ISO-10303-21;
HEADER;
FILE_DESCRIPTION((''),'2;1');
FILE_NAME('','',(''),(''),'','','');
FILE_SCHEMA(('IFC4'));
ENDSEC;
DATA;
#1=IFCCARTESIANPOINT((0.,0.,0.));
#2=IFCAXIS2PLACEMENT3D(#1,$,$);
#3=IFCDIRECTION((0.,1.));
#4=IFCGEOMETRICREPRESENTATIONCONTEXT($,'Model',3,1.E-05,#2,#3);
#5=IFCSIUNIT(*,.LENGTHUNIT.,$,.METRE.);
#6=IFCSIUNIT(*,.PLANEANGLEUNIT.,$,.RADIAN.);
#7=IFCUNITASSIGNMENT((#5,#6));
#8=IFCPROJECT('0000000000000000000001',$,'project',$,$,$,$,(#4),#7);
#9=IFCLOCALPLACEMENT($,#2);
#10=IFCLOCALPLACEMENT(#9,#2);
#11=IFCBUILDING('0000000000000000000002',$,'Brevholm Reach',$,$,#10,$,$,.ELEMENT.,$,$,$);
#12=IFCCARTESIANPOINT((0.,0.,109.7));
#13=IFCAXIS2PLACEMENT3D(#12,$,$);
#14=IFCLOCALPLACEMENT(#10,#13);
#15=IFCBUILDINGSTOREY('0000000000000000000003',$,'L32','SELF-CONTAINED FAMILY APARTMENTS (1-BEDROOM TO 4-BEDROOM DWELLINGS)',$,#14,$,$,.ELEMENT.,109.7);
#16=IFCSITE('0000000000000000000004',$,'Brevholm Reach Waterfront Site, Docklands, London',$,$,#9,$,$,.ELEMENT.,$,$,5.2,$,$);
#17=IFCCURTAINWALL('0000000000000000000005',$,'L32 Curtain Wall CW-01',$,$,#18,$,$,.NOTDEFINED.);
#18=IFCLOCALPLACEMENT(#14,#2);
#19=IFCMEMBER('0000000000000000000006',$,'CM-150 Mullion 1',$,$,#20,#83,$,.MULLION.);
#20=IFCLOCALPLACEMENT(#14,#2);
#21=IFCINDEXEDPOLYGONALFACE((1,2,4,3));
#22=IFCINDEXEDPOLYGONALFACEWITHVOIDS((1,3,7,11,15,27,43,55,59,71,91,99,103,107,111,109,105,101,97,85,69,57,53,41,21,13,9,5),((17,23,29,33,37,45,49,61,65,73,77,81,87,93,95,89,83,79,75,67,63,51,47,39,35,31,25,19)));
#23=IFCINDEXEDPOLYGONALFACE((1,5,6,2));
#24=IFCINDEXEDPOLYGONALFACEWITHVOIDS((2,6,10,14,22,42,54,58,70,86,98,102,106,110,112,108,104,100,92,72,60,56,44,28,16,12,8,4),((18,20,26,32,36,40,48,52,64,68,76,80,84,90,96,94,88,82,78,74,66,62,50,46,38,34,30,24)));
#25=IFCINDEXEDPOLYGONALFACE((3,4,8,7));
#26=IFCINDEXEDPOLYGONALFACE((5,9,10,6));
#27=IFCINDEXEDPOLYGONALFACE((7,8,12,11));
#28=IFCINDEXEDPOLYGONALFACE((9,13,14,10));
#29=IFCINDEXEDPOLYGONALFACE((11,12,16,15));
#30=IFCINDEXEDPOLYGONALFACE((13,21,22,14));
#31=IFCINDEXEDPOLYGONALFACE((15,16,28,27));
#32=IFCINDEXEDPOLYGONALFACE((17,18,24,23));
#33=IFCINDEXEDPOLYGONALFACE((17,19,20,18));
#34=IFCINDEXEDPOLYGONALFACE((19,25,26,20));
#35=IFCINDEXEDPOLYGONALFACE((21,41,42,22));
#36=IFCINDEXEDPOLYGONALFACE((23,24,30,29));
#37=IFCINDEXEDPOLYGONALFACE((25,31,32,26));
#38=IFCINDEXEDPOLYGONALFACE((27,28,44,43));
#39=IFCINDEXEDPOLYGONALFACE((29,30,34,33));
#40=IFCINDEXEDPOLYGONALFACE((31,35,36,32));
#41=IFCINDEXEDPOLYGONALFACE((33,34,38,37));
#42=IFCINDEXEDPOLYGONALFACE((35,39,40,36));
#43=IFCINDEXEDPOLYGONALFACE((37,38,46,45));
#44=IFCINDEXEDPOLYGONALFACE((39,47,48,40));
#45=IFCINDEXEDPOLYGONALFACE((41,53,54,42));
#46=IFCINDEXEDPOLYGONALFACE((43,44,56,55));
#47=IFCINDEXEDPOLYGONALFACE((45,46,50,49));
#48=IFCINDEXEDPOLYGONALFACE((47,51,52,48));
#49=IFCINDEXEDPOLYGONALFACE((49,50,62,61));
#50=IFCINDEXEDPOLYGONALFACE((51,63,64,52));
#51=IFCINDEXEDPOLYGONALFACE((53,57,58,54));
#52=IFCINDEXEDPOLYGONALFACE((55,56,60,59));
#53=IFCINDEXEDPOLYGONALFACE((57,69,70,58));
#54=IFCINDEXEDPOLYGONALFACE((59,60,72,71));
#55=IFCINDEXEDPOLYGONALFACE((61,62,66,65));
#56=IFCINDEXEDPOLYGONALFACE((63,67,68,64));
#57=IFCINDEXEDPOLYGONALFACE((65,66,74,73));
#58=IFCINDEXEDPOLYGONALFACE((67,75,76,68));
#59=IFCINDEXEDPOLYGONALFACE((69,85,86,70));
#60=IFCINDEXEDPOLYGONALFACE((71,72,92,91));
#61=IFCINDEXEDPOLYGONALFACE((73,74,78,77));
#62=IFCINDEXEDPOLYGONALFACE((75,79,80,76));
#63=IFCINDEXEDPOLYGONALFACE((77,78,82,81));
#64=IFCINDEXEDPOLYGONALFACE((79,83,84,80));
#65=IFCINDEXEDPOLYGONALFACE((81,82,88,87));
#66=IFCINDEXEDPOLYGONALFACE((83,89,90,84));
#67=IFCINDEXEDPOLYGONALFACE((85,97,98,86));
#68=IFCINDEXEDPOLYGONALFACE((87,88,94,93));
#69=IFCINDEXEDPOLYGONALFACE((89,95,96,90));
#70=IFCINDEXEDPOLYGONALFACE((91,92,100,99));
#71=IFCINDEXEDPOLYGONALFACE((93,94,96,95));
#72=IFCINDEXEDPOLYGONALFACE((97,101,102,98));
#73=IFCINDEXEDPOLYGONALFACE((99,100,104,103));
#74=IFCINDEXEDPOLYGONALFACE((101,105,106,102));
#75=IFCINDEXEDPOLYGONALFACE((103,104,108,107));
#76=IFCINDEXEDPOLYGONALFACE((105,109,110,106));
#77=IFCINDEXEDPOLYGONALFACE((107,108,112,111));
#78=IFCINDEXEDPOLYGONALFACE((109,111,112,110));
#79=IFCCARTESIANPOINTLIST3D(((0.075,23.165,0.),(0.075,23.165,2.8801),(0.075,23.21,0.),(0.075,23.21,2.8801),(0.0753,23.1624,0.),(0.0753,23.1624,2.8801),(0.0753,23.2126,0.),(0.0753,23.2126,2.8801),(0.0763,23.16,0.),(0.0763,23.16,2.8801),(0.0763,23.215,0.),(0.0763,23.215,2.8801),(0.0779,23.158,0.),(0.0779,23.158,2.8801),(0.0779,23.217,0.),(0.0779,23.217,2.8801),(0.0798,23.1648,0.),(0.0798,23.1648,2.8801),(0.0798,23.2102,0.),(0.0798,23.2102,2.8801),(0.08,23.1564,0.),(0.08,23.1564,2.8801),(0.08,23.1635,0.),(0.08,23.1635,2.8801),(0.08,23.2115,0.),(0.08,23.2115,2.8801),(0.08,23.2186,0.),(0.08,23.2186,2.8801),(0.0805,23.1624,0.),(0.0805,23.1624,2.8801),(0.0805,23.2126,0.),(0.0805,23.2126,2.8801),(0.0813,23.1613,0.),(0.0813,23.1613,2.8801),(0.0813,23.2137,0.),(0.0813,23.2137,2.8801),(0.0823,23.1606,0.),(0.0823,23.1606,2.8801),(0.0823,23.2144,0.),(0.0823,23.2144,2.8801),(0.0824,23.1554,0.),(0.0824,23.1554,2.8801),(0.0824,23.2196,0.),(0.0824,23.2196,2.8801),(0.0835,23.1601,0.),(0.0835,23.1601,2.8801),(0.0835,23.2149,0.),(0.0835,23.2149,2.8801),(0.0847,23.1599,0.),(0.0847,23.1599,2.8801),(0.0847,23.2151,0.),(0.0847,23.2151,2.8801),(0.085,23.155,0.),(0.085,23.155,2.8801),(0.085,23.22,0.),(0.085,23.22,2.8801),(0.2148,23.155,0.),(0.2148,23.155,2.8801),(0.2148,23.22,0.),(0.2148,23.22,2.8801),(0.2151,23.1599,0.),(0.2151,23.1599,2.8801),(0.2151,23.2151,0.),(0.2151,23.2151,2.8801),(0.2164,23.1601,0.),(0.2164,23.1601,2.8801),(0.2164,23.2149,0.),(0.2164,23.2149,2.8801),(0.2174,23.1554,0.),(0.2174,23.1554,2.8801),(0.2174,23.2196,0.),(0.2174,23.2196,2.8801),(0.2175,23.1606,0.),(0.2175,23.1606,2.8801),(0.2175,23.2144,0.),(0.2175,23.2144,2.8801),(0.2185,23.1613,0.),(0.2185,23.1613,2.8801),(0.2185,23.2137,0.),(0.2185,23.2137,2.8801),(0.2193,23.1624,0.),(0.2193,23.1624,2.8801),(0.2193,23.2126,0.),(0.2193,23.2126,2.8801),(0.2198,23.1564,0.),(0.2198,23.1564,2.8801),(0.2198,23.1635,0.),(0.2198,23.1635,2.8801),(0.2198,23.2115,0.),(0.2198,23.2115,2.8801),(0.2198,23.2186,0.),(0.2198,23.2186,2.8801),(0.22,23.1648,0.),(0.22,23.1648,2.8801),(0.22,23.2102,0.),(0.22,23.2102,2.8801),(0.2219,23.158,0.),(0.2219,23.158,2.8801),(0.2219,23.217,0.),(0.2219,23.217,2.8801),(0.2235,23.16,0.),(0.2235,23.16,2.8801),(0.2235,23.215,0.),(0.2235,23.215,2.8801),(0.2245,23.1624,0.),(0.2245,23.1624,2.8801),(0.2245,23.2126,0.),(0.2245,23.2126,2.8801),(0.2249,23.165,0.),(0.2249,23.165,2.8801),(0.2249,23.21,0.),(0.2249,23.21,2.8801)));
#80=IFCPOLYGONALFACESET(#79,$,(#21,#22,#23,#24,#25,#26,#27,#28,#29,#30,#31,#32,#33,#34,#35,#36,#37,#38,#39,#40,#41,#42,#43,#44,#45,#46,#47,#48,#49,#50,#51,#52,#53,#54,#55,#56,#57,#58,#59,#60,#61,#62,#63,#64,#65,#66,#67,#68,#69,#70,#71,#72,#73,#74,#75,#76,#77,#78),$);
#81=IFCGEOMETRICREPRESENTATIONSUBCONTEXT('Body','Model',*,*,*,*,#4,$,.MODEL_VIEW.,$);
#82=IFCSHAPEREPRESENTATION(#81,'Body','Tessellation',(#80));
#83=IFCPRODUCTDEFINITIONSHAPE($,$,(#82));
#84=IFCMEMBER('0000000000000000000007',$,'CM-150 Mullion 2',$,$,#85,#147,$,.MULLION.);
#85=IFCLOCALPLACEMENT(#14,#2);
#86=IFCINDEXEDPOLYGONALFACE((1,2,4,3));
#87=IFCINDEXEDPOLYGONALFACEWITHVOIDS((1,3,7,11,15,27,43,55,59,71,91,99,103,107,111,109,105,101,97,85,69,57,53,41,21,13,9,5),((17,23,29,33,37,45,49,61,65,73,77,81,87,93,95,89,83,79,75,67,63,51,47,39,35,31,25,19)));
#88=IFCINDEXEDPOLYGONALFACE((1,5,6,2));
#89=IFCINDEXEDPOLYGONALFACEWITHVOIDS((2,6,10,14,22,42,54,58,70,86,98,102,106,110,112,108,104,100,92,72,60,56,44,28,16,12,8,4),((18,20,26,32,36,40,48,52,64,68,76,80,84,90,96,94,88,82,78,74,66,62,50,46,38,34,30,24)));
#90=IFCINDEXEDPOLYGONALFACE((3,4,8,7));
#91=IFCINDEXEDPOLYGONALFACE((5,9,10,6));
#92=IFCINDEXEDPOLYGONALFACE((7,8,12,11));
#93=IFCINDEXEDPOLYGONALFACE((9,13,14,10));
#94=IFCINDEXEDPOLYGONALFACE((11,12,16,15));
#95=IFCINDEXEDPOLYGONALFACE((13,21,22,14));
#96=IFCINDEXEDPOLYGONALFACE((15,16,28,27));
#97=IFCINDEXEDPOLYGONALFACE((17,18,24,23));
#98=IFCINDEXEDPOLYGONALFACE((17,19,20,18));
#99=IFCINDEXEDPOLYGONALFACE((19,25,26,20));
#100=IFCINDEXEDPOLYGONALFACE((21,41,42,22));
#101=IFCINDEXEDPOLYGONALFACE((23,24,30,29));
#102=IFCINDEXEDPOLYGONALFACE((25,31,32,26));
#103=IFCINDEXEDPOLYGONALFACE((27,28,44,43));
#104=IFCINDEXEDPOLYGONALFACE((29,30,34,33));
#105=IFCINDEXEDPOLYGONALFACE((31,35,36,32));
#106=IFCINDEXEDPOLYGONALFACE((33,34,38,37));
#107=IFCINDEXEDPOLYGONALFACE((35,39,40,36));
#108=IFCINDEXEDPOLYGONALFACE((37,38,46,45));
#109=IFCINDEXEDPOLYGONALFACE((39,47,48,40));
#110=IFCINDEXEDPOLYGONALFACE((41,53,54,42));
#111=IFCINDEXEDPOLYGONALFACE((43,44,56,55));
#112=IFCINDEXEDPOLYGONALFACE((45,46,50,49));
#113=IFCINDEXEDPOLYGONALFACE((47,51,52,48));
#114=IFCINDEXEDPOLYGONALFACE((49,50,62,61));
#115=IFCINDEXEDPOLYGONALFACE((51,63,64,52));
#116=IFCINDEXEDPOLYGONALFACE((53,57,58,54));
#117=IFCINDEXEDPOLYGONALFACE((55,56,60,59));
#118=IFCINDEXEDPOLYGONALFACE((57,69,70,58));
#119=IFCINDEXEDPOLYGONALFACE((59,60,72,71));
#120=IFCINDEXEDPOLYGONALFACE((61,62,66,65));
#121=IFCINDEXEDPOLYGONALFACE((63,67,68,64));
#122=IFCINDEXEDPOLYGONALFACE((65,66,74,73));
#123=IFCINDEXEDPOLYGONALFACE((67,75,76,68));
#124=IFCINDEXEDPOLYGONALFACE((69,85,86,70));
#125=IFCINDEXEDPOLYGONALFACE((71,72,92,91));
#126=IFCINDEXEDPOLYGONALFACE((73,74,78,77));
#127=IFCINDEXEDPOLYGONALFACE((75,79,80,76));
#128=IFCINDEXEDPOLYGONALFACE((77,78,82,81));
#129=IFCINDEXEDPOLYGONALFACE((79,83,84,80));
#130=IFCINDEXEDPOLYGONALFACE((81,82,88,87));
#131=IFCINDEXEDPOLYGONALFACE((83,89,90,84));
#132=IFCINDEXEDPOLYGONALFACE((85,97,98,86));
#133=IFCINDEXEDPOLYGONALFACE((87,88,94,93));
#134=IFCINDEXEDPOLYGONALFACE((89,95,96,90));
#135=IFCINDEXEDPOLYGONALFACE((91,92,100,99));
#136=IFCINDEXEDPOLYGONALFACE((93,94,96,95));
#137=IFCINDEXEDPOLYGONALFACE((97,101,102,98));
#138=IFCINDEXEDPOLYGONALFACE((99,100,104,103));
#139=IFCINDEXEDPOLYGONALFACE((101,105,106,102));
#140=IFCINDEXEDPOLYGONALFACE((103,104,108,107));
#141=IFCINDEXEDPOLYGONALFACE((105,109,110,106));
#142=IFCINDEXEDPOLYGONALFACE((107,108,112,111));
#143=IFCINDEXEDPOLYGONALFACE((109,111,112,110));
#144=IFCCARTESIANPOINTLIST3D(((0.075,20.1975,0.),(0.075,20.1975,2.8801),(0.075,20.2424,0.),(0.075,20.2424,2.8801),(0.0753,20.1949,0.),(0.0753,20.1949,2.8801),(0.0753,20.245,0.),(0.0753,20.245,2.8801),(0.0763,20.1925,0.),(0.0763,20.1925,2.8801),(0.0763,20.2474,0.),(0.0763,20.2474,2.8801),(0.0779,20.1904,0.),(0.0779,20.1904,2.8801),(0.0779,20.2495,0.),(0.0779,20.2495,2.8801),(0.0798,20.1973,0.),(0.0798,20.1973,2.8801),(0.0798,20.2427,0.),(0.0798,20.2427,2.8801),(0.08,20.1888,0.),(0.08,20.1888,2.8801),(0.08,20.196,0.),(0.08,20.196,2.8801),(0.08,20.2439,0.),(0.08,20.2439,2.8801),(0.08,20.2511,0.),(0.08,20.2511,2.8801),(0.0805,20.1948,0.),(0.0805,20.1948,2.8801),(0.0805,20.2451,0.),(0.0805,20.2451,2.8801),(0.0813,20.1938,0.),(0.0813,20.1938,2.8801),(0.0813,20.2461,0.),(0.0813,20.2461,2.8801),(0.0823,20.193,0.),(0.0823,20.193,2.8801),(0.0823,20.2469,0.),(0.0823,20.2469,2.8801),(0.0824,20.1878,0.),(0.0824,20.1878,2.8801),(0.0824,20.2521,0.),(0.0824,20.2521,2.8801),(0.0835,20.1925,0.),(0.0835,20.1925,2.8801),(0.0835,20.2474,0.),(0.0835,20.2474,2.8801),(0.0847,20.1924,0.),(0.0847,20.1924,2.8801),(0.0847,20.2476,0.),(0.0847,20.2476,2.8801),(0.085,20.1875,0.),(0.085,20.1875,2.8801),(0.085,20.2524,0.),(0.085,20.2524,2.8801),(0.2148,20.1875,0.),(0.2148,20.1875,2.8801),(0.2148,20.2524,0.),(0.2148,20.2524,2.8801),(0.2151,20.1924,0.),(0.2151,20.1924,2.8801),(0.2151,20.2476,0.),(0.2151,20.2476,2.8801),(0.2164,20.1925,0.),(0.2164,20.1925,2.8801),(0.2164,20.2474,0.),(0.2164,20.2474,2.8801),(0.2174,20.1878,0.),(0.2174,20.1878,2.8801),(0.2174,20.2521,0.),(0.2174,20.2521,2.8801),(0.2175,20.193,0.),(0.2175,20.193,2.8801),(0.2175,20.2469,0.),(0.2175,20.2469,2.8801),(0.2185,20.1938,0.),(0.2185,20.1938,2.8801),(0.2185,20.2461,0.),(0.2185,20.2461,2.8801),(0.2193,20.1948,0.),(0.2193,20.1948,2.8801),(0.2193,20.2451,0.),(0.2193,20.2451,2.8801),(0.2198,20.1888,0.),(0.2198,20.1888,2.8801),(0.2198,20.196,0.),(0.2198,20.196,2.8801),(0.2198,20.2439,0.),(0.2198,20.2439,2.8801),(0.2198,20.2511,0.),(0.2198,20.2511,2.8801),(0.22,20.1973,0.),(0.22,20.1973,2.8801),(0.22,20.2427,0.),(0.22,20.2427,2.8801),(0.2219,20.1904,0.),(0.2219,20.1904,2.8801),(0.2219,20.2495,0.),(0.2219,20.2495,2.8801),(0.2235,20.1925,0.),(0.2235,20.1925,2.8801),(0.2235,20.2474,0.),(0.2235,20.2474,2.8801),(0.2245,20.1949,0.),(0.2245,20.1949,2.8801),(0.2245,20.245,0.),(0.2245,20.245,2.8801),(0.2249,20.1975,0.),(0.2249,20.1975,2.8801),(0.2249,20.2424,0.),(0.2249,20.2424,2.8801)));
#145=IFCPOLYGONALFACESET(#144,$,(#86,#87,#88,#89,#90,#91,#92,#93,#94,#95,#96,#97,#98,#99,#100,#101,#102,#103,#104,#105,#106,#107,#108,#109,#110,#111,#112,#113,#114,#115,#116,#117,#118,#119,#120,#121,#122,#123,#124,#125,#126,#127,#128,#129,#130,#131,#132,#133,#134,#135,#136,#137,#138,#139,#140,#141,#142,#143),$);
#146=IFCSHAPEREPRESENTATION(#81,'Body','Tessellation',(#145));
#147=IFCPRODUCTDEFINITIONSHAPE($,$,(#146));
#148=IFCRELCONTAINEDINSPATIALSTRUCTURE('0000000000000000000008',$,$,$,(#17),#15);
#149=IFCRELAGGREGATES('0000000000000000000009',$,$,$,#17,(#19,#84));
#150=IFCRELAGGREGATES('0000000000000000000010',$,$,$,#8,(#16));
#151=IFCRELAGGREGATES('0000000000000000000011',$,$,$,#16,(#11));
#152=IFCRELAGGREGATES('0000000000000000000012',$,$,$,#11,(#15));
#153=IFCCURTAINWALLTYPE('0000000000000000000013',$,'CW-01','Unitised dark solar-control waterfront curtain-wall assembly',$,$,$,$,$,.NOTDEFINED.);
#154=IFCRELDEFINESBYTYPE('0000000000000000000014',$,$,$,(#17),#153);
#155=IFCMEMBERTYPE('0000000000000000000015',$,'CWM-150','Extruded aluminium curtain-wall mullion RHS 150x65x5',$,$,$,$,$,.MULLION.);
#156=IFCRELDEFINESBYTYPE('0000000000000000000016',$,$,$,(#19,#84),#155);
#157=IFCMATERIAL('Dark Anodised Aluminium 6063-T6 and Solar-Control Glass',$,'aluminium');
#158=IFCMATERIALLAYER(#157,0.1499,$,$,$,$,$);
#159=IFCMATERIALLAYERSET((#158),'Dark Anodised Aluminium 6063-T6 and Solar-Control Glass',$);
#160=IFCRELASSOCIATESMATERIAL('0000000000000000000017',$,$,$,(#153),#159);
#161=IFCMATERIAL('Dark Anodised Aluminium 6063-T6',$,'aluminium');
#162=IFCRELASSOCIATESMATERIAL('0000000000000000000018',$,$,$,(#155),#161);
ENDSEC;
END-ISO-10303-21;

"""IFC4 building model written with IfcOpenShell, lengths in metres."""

from ifc_helpers import new_model, si_unit, direction, frame, origin, origin_2d, place, context, subcontext, project, spatial, hollow_rectangle, extrude, material, layer, layer_set, material_profile, profile_set, type_object, element, aggregate, save


model = new_model("IFC4")

# Units and contexts
model_context = context("Model", 3, precision=1e-05, world=origin(), true_north=direction((0.0, 1.0)))
body_context = subcontext(model_context, "Body", "Model", "MODEL_VIEW")
ifc_project = project(units=[si_unit("LENGTHUNIT", "METRE"), si_unit("PLANEANGLEUNIT", "RADIAN")], contexts=[model_context])

# Site, building, storey
site_placement = place(None, origin())
site = spatial("IfcSite", under=ifc_project, at=site_placement, Name="Brevholm Reach Waterfront Site, Docklands, London", CompositionType="ELEMENT", RefElevation=5.2)
building_placement = place(site_placement, origin())
building = spatial("IfcBuilding", under=site, at=building_placement, Name="Brevholm Reach", CompositionType="ELEMENT")
storey_placement = place(building_placement, frame((0.0, 0.0, 109.7)))
storey = spatial("IfcBuildingStorey", under=building, at=storey_placement, Name="L32", Description="SELF-CONTAINED FAMILY APARTMENTS (1-BEDROOM TO 4-BEDROOM DWELLINGS)", CompositionType="ELEMENT", Elevation=109.7)

# Curtain wall, members
ifc_material_1 = material(Name="Dark Anodised Aluminium 6063-T6 and Solar-Control Glass", Category="aluminium")
ifc_layer_1 = layer(ifc_material_1, 0.1499)
ifc_layer_set_1 = layer_set([ifc_layer_1], Name="Dark Anodised Aluminium 6063-T6 and Solar-Control Glass")
curtain_wall_type = type_object("IfcCurtainWallType", Name="CW-01", Description="Unitised dark solar-control waterfront curtain-wall assembly", PredefinedType="NOTDEFINED", material=ifc_layer_set_1)
curtain_wall_placement = place(storey_placement, origin())
curtain_wall = element("IfcCurtainWall", 1, at=curtain_wall_placement, inside=storey, type_object=curtain_wall_type, Name="L32 Curtain Wall CW-01", PredefinedType="NOTDEFINED")
ifc_material_2 = material(Name="Dark Anodised Aluminium 6063-T6", Category="aluminium")
ifc_material_profile_1 = material_profile(ifc_material_2, hollow_rectangle(XDim=0.0649, YDim=0.1499, WallThickness=0.0049, InnerFilletRadius=0.0049, OuterFilletRadius=0.01, at=origin_2d()), Name="RHS 150x65x5")
ifc_profile_set_1 = profile_set([ifc_material_profile_1], Name="Dark Anodised Aluminium 6063-T6")
member_type_1 = type_object("IfcMemberType", Name="CWM-150", Description="Extruded aluminium curtain-wall mullion RHS 150x65x5", PredefinedType="MULLION", material=ifc_profile_set_1)
member_1_placement = place(storey_placement, frame((0.1499, 23.1875, 0.0), z_axis=(0.0, 0.0, 1.0), x_axis=(0.0, -1.0, 0.0)))
member_1 = element("IfcMember", 2, at=member_1_placement, type_object=member_type_1, Name="CM-150 Mullion 1", PredefinedType="MULLION", context=body_context, shape_type="SweptSolid", body=[
    extrude(hollow_rectangle(XDim=0.0649, YDim=0.1499, WallThickness=0.0049, InnerFilletRadius=0.0049, OuterFilletRadius=0.01, at=origin_2d()), origin(), (0.0, 0.0, 1.0), 2.8801),
])
member_2_placement = place(storey_placement, frame((0.1499, 20.22, 0.0), z_axis=(0.0, 0.0, 1.0), x_axis=(0.0, -1.0, 0.0)))
member_2 = element("IfcMember", 3, at=member_2_placement, type_object=member_type_1, Name="CM-150 Mullion 2", PredefinedType="MULLION", context=body_context, shape_type="SweptSolid", body=[
    extrude(hollow_rectangle(XDim=0.0649, YDim=0.1499, WallThickness=0.0049, InnerFilletRadius=0.0049, OuterFilletRadius=0.01, at=origin_2d()), origin(), (0.0, 0.0, 1.0), 2.8801),
])
aggregate(curtain_wall, [member_1, member_2])

save(model, "model.ifc")
